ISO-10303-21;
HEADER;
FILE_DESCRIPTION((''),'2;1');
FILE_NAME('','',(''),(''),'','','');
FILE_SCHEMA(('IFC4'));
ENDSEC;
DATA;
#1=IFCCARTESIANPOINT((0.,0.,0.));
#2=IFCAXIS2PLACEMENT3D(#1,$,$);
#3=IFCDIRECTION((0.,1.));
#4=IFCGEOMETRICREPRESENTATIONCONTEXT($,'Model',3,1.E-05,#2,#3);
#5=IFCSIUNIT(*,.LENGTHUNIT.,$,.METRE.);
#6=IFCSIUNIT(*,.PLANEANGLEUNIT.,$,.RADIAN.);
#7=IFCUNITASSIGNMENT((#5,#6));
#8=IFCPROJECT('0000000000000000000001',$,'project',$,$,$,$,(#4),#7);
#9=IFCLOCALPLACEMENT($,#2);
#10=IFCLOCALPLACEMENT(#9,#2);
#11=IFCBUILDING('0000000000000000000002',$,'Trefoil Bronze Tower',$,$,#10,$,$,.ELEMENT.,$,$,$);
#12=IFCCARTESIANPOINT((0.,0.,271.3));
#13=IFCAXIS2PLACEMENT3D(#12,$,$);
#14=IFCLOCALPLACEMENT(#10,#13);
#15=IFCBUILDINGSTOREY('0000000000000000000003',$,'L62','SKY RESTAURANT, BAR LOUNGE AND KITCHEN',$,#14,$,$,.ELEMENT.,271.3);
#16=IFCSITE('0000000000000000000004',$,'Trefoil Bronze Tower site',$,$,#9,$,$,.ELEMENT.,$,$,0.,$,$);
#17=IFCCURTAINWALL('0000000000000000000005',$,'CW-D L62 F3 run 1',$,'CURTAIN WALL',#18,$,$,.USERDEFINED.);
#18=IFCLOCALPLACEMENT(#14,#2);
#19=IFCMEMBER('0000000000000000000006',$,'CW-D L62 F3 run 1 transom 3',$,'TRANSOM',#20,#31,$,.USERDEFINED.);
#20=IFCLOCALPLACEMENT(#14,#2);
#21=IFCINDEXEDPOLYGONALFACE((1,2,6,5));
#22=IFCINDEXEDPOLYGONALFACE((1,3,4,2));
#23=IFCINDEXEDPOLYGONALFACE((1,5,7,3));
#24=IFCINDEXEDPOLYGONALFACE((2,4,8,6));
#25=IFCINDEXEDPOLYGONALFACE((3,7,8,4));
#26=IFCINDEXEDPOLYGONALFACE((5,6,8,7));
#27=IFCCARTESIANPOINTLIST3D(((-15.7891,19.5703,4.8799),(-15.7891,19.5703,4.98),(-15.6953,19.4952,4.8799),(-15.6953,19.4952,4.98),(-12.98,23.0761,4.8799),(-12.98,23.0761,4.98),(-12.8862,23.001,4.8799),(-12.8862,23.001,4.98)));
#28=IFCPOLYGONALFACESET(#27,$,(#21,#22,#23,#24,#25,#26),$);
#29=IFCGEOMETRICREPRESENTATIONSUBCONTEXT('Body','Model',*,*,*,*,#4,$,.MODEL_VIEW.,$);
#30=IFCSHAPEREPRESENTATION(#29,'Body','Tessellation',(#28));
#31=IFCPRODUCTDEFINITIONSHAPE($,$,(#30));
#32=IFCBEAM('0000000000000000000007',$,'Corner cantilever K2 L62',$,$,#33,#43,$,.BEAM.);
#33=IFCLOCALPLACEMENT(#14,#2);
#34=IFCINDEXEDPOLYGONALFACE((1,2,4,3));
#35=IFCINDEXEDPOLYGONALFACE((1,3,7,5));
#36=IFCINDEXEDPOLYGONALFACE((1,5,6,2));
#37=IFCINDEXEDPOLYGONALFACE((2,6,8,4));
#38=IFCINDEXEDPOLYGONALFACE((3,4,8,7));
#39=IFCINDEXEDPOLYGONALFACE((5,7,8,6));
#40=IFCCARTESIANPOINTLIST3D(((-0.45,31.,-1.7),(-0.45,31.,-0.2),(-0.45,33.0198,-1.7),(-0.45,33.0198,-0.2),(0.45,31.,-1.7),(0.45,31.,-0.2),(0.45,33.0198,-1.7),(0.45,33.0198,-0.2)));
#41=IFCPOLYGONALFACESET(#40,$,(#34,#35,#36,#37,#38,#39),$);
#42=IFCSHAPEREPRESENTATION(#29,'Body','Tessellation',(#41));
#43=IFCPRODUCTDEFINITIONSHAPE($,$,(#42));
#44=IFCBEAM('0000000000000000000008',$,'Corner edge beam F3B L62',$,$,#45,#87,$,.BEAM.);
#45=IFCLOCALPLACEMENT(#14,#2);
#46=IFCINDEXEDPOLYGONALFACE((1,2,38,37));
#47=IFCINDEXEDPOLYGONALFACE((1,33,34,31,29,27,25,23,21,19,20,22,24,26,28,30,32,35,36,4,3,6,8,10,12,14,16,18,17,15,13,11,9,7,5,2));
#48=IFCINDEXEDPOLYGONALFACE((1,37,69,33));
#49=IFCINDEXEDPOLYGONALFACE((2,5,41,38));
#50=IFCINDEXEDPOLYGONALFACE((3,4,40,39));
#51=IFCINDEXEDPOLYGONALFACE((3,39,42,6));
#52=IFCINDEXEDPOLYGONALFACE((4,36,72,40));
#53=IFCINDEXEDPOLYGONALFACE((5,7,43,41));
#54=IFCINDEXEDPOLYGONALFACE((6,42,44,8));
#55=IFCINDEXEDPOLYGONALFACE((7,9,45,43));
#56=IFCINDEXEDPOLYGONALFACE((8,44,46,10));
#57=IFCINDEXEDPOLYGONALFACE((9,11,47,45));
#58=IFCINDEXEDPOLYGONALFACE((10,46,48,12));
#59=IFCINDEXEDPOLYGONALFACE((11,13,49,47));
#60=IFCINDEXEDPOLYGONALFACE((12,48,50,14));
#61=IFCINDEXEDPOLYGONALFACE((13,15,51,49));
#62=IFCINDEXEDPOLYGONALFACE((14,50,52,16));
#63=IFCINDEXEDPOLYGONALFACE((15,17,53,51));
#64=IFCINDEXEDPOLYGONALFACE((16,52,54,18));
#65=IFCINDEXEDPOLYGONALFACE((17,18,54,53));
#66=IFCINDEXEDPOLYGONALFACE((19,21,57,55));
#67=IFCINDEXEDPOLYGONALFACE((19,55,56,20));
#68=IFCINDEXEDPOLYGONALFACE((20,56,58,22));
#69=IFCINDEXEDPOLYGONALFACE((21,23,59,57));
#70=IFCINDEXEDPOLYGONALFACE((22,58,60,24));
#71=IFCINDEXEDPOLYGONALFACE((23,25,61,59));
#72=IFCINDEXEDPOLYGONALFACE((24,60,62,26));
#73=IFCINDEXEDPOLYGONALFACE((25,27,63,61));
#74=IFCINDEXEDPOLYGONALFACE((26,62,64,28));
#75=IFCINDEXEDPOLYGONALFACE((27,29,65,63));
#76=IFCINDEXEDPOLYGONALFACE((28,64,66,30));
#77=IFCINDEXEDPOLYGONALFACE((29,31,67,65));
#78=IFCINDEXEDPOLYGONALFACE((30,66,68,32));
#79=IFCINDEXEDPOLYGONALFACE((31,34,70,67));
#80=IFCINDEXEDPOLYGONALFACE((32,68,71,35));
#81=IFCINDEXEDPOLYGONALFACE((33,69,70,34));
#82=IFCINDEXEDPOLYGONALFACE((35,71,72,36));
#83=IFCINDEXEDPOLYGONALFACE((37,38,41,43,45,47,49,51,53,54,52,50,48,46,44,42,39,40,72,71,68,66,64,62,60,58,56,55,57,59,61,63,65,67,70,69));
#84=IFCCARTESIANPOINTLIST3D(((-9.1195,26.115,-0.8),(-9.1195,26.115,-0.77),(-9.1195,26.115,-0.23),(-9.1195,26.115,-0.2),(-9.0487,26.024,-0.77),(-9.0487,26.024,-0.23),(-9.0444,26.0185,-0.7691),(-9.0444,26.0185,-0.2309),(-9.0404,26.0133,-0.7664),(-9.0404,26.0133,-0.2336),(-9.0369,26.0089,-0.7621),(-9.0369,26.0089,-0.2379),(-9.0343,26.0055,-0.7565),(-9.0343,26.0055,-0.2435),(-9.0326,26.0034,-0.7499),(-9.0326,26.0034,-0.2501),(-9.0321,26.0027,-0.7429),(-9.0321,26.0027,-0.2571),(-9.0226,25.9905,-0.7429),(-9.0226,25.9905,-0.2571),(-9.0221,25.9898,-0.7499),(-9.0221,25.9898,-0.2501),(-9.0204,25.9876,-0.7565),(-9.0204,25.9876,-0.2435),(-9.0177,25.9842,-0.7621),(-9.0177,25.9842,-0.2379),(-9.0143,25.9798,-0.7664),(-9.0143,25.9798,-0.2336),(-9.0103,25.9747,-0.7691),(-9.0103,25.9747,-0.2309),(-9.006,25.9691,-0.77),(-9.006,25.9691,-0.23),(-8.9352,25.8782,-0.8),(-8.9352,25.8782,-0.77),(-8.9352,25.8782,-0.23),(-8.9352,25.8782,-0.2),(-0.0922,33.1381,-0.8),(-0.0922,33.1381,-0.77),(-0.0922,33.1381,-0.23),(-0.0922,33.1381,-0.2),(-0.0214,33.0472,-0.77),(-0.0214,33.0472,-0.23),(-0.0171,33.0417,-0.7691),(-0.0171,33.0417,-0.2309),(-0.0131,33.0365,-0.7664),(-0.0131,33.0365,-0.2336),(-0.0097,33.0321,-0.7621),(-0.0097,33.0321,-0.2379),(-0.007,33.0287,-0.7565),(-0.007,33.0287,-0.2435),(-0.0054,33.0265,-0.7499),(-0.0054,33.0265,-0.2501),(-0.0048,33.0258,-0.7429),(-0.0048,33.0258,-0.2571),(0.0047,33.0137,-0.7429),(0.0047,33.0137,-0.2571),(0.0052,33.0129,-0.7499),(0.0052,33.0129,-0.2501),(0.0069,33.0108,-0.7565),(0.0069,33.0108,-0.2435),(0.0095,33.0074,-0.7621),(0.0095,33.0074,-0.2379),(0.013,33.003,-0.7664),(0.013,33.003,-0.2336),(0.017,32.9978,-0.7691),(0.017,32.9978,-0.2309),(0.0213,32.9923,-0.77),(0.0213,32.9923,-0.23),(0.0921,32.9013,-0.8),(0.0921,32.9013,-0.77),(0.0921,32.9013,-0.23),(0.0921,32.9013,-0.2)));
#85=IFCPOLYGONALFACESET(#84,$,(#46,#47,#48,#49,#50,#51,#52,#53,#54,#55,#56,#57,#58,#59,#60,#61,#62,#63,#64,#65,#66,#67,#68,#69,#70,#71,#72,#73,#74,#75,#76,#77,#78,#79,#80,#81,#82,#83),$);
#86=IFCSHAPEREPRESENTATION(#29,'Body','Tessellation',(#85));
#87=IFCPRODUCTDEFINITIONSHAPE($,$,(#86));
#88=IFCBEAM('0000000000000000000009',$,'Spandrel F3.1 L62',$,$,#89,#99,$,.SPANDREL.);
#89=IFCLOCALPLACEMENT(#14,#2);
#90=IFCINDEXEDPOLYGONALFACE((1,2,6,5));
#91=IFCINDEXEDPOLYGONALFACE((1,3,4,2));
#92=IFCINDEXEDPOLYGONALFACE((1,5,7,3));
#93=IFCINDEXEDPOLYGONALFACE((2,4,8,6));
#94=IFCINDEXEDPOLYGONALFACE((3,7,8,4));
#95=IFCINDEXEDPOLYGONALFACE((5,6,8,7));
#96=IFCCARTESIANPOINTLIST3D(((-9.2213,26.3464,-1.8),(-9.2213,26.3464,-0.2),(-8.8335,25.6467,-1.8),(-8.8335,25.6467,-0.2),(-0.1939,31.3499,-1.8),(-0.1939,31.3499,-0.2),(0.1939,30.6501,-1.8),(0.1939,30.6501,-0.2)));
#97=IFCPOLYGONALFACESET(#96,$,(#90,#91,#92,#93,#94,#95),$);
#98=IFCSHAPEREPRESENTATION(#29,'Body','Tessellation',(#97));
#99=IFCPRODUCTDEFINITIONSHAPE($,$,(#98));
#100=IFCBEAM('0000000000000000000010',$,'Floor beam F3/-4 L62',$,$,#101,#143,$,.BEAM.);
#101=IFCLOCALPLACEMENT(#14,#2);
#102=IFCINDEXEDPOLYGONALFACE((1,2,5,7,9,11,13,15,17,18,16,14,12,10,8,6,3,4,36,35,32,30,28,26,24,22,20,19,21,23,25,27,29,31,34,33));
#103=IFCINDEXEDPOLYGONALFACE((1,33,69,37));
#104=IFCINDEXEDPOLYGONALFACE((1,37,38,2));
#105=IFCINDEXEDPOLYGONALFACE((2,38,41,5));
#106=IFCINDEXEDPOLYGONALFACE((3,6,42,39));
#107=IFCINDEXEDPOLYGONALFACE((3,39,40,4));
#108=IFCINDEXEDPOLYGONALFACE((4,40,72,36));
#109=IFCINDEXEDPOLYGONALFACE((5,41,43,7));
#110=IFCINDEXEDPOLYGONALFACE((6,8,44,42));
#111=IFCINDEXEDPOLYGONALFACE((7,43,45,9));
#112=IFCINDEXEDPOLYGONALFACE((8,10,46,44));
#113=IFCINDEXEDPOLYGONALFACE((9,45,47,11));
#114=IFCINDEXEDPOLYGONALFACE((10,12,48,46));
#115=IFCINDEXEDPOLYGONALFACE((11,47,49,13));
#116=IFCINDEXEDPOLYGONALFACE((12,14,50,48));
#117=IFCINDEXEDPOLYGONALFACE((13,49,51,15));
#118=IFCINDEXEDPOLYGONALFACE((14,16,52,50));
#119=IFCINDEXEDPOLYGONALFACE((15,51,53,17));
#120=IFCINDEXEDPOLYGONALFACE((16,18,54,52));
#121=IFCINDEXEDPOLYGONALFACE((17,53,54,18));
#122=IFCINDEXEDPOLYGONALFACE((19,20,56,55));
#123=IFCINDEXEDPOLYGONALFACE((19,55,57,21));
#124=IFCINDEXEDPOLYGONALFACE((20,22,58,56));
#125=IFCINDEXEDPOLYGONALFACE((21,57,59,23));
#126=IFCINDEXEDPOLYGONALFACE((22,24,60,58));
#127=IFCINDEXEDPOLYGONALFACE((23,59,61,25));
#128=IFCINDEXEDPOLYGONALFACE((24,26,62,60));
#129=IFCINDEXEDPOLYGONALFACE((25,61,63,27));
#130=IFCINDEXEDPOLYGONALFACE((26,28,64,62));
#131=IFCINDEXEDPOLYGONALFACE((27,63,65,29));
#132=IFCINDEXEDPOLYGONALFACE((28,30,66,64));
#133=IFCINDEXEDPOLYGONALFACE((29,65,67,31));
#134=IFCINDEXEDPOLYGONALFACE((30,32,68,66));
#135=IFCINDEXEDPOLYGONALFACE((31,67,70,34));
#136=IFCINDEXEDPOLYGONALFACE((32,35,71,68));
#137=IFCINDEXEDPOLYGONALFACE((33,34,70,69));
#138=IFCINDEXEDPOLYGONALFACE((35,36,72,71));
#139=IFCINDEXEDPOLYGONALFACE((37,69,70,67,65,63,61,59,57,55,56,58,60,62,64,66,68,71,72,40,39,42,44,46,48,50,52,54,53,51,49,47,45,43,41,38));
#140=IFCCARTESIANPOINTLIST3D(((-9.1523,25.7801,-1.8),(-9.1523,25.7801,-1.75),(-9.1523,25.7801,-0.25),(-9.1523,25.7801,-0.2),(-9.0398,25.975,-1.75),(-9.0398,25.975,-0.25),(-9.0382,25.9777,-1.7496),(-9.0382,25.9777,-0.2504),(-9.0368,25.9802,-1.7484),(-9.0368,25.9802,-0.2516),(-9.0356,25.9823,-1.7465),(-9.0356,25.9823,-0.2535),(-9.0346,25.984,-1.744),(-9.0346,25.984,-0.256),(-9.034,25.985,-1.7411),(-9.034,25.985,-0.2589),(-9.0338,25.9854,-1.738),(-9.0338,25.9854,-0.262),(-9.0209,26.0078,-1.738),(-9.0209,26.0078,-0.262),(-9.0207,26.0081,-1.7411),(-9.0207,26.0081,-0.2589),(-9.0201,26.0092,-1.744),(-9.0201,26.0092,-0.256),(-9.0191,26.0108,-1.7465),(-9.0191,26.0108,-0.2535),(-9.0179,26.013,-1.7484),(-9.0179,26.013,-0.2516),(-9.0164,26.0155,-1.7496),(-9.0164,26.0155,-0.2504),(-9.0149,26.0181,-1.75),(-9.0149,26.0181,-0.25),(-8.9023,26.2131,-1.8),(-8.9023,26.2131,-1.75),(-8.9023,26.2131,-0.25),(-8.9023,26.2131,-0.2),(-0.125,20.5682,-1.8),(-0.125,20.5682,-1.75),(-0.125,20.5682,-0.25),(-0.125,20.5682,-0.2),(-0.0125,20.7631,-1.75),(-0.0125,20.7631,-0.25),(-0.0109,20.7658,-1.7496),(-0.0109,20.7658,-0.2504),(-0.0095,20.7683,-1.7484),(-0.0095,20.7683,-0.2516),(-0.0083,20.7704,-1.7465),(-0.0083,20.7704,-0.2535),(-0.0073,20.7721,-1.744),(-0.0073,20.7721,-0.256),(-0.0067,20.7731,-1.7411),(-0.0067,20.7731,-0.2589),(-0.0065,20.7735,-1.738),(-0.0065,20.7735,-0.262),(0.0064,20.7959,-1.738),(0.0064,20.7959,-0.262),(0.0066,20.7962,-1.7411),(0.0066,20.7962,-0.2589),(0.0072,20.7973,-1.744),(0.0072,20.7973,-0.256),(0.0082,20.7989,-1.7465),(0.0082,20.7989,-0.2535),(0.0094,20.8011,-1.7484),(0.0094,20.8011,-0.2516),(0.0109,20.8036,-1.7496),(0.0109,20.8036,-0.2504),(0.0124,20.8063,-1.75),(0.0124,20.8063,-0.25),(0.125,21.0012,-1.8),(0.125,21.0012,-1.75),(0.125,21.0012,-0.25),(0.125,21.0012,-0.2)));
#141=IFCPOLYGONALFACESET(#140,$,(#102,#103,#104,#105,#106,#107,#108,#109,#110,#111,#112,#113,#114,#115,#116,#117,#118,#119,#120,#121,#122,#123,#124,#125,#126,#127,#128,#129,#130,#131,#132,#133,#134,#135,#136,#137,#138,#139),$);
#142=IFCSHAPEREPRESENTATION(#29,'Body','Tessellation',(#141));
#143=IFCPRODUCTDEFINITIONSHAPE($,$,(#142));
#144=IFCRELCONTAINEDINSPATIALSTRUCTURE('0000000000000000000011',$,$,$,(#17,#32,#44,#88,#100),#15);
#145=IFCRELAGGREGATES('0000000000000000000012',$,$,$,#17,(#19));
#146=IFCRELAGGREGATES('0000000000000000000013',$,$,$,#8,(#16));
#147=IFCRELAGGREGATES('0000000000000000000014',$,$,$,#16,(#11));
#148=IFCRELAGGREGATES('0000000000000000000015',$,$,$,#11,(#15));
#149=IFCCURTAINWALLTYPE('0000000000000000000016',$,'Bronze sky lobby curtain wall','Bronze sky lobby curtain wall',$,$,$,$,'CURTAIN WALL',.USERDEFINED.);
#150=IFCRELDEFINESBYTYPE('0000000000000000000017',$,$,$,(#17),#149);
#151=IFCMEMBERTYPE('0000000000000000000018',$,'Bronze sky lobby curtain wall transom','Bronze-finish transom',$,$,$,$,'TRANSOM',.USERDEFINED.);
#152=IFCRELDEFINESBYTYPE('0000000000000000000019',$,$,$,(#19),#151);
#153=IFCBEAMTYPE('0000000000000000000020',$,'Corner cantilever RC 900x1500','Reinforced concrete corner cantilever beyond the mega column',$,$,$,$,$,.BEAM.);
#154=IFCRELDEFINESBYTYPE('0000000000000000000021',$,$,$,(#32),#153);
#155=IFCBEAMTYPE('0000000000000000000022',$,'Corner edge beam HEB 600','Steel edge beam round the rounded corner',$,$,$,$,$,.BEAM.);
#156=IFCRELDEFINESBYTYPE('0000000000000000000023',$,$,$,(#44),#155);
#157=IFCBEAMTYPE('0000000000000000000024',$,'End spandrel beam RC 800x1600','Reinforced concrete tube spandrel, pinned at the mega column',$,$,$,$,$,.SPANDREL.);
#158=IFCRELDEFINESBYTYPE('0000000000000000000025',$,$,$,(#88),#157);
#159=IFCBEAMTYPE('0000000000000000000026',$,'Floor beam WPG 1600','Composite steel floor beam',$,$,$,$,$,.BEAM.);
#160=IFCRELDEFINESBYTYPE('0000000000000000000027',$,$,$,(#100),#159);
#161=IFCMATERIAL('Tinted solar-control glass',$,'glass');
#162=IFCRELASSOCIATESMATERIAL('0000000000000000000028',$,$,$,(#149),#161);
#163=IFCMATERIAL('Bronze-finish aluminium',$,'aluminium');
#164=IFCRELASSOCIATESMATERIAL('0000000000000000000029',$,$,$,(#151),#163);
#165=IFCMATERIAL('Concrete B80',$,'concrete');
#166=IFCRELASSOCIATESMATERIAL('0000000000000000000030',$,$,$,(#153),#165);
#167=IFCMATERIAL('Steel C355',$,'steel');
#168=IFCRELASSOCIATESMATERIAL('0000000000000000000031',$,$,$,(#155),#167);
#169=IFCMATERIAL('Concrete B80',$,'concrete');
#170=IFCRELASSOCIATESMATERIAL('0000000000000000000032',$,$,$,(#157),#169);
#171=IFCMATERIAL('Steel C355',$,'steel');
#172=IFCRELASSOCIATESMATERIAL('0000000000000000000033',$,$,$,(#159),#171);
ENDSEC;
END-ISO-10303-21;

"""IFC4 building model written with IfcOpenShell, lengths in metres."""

from ifc_helpers import new_model, si_unit, direction, frame, origin, origin_2d, place, context, subcontext, project, spatial, rectangle, i_section, extrude, material, material_profile, profile_set, type_object, element, aggregate, save


model = new_model("IFC4")

# Units and contexts
model_context = context("Model", 3, precision=1e-05, world=origin(), true_north=direction((0.0, 1.0)))
body_context = subcontext(model_context, "Body", "Model", "MODEL_VIEW")
ifc_project = project(units=[si_unit("LENGTHUNIT", "METRE"), si_unit("PLANEANGLEUNIT", "RADIAN")], contexts=[model_context])

# Site, building, storey
site_placement = place(None, origin())
site = spatial("IfcSite", under=ifc_project, at=site_placement, Name="Trefoil Bronze Tower site", CompositionType="ELEMENT", RefElevation=0.0)
building_placement = place(site_placement, origin())
building = spatial("IfcBuilding", under=site, at=building_placement, Name="Trefoil Bronze Tower", CompositionType="ELEMENT")
storey_placement = place(building_placement, frame((0.0, 0.0, 271.3)))
storey = spatial("IfcBuildingStorey", under=building, at=storey_placement, Name="L62", Description="SKY RESTAURANT, BAR LOUNGE AND KITCHEN", CompositionType="ELEMENT", Elevation=271.3)

# Curtain wall, member
ifc_material_1 = material(Name="Tinted solar-control glass", Category="glass")
curtain_wall_type_1 = type_object("IfcCurtainWallType", Name="Bronze sky lobby curtain wall", Description="Bronze sky lobby curtain wall", ElementType="CURTAIN WALL", PredefinedType="USERDEFINED", material=ifc_material_1)
curtain_wall_1_placement = place(storey_placement, origin())
curtain_wall_1 = element("IfcCurtainWall", 1, at=curtain_wall_1_placement, inside=storey, type_object=curtain_wall_type_1, Name="CW-D L62 F3 run 1", ObjectType="CURTAIN WALL", PredefinedType="USERDEFINED")
ifc_material_2 = material(Name="Bronze-finish aluminium", Category="aluminium")
ifc_material_profile_1 = material_profile(ifc_material_2, rectangle(XDim=0.1201, YDim=0.1001, at=origin_2d()), Name="CW-D transom")
ifc_profile_set_1 = profile_set([ifc_material_profile_1], Name="Bronze-finish aluminium")
member_type_1 = type_object("IfcMemberType", Name="Bronze sky lobby curtain wall transom", Description="Bronze-finish transom", ElementType="TRANSOM", PredefinedType="USERDEFINED", material=ifc_profile_set_1)
member_1_placement = place(storey_placement, frame((-12.9331, 23.0386, 4.9299), z_axis=(-0.625291, -0.780391, 0.0), x_axis=(0.780391, -0.625291, 0.0)))
member_1 = element("IfcMember", 2, at=member_1_placement, type_object=member_type_1, Name="CW-D L62 F3 run 1 transom 3", ObjectType="TRANSOM", PredefinedType="USERDEFINED", context=body_context, shape_type="SweptSolid", body=[
    extrude(rectangle(XDim=0.1201, YDim=0.1001, at=origin_2d()), origin(), (0.0, 0.0, 1.0), 4.4924),
])

# Beams
ifc_material_3 = material(Name="Concrete B80", Category="concrete")
ifc_material_profile_2 = material_profile(ifc_material_3, rectangle(XDim=0.8999, YDim=1.5, at=origin_2d()), Name="RC 900x1500")
ifc_profile_set_2 = profile_set([ifc_material_profile_2], Name="Concrete B80")
beam_type_1 = type_object("IfcBeamType", Name="Corner cantilever RC 900x1500", Description="Reinforced concrete corner cantilever beyond the mega column", PredefinedType="BEAM", material=ifc_profile_set_2)
beam_1_placement = place(storey_placement, frame((0.0, 31.0, -0.95), z_axis=(0.0, 1.0, 0.0), x_axis=(-1.0, 0.0, 0.0)))
element("IfcBeam", 3, at=beam_1_placement, inside=storey, type_object=beam_type_1, Name="Corner cantilever K2 L62", PredefinedType="BEAM", context=body_context, shape_type="SweptSolid", body=[
    extrude(rectangle(XDim=0.8999, YDim=1.5, at=origin_2d()), origin(), (0.0, 0.0, 1.0), 2.0198),
])
ifc_material_4 = material(Name="Steel C355", Category="steel")
ifc_material_profile_3 = material_profile(ifc_material_4, i_section(OverallWidth=0.3, OverallDepth=0.6001, WebThickness=0.0154, FlangeThickness=0.03, FilletRadius=0.0271, at=origin_2d()), Name="HEB 600")
ifc_profile_set_3 = profile_set([ifc_material_profile_3], Name="Steel C355")
beam_type_2 = type_object("IfcBeamType", Name="Corner edge beam HEB 600", Description="Steel edge beam round the rounded corner", PredefinedType="BEAM", material=ifc_profile_set_3)
beam_2_placement = place(storey_placement, frame((-9.0273, 25.9966, -0.5), z_axis=(0.789271, 0.614046, 0.0), x_axis=(-0.614046, 0.789271, 0.0)))
element("IfcBeam", 4, at=beam_2_placement, inside=storey, type_object=beam_type_2, Name="Corner edge beam F3B L62", PredefinedType="BEAM", context=body_context, shape_type="SweptSolid", body=[
    extrude(i_section(OverallWidth=0.3, OverallDepth=0.6001, WebThickness=0.0154, FlangeThickness=0.03, FilletRadius=0.0271, at=origin_2d()), origin(), (0.0, 0.0, 1.0), 11.4375),
])
ifc_material_5 = material(Name="Concrete B80", Category="concrete")
ifc_material_profile_4 = material_profile(ifc_material_5, rectangle(XDim=0.8, YDim=1.6001, at=origin_2d()), Name="RC 800x1600")
ifc_profile_set_4 = profile_set([ifc_material_profile_4], Name="Concrete B80")
beam_type_3 = type_object("IfcBeamType", Name="End spandrel beam RC 800x1600", Description="Reinforced concrete tube spandrel, pinned at the mega column", PredefinedType="SPANDREL", material=ifc_profile_set_4)
beam_3_placement = place(storey_placement, frame((0.0, 31.0, -1.0), z_axis=(-0.874641, -0.484771, 0.0), x_axis=(0.484771, -0.874641, 0.0)))
element("IfcBeam", 5, at=beam_3_placement, inside=storey, type_object=beam_type_3, Name="Spandrel F3.1 L62", PredefinedType="SPANDREL", context=body_context, shape_type="SweptSolid", body=[
    extrude(rectangle(XDim=0.8, YDim=1.6001, at=origin_2d()), origin(), (0.0, 0.0, 1.0), 10.3213),
])
ifc_material_6 = material(Name="Steel C355", Category="steel")
ifc_material_profile_5 = material_profile(ifc_material_6, i_section(OverallWidth=0.5, OverallDepth=1.6001, WebThickness=0.0259, FlangeThickness=0.05, FilletRadius=0.012, at=origin_2d()), Name="WPG 1600")
ifc_profile_set_5 = profile_set([ifc_material_profile_5], Name="Steel C355")
beam_type_4 = type_object("IfcBeamType", Name="Floor beam WPG 1600", Description="Composite steel floor beam", PredefinedType="BEAM", material=ifc_profile_set_5)
beam_4_placement = place(storey_placement, frame((-9.0273, 25.9966, -1.0), z_axis=(0.866026, -0.499998, 0.0), x_axis=(0.499998, 0.866026, 0.0)))
element("IfcBeam", 6, at=beam_4_placement, inside=storey, type_object=beam_type_4, Name="Floor beam F3/-4 L62", PredefinedType="BEAM", context=body_context, shape_type="SweptSolid", body=[
    extrude(i_section(OverallWidth=0.5, OverallDepth=1.6001, WebThickness=0.0259, FlangeThickness=0.05, FilletRadius=0.012, at=origin_2d()), origin(), (0.0, 0.0, 1.0), 10.4238),
])

aggregate(curtain_wall_1, [member_1])

save(model, "model.ifc")
